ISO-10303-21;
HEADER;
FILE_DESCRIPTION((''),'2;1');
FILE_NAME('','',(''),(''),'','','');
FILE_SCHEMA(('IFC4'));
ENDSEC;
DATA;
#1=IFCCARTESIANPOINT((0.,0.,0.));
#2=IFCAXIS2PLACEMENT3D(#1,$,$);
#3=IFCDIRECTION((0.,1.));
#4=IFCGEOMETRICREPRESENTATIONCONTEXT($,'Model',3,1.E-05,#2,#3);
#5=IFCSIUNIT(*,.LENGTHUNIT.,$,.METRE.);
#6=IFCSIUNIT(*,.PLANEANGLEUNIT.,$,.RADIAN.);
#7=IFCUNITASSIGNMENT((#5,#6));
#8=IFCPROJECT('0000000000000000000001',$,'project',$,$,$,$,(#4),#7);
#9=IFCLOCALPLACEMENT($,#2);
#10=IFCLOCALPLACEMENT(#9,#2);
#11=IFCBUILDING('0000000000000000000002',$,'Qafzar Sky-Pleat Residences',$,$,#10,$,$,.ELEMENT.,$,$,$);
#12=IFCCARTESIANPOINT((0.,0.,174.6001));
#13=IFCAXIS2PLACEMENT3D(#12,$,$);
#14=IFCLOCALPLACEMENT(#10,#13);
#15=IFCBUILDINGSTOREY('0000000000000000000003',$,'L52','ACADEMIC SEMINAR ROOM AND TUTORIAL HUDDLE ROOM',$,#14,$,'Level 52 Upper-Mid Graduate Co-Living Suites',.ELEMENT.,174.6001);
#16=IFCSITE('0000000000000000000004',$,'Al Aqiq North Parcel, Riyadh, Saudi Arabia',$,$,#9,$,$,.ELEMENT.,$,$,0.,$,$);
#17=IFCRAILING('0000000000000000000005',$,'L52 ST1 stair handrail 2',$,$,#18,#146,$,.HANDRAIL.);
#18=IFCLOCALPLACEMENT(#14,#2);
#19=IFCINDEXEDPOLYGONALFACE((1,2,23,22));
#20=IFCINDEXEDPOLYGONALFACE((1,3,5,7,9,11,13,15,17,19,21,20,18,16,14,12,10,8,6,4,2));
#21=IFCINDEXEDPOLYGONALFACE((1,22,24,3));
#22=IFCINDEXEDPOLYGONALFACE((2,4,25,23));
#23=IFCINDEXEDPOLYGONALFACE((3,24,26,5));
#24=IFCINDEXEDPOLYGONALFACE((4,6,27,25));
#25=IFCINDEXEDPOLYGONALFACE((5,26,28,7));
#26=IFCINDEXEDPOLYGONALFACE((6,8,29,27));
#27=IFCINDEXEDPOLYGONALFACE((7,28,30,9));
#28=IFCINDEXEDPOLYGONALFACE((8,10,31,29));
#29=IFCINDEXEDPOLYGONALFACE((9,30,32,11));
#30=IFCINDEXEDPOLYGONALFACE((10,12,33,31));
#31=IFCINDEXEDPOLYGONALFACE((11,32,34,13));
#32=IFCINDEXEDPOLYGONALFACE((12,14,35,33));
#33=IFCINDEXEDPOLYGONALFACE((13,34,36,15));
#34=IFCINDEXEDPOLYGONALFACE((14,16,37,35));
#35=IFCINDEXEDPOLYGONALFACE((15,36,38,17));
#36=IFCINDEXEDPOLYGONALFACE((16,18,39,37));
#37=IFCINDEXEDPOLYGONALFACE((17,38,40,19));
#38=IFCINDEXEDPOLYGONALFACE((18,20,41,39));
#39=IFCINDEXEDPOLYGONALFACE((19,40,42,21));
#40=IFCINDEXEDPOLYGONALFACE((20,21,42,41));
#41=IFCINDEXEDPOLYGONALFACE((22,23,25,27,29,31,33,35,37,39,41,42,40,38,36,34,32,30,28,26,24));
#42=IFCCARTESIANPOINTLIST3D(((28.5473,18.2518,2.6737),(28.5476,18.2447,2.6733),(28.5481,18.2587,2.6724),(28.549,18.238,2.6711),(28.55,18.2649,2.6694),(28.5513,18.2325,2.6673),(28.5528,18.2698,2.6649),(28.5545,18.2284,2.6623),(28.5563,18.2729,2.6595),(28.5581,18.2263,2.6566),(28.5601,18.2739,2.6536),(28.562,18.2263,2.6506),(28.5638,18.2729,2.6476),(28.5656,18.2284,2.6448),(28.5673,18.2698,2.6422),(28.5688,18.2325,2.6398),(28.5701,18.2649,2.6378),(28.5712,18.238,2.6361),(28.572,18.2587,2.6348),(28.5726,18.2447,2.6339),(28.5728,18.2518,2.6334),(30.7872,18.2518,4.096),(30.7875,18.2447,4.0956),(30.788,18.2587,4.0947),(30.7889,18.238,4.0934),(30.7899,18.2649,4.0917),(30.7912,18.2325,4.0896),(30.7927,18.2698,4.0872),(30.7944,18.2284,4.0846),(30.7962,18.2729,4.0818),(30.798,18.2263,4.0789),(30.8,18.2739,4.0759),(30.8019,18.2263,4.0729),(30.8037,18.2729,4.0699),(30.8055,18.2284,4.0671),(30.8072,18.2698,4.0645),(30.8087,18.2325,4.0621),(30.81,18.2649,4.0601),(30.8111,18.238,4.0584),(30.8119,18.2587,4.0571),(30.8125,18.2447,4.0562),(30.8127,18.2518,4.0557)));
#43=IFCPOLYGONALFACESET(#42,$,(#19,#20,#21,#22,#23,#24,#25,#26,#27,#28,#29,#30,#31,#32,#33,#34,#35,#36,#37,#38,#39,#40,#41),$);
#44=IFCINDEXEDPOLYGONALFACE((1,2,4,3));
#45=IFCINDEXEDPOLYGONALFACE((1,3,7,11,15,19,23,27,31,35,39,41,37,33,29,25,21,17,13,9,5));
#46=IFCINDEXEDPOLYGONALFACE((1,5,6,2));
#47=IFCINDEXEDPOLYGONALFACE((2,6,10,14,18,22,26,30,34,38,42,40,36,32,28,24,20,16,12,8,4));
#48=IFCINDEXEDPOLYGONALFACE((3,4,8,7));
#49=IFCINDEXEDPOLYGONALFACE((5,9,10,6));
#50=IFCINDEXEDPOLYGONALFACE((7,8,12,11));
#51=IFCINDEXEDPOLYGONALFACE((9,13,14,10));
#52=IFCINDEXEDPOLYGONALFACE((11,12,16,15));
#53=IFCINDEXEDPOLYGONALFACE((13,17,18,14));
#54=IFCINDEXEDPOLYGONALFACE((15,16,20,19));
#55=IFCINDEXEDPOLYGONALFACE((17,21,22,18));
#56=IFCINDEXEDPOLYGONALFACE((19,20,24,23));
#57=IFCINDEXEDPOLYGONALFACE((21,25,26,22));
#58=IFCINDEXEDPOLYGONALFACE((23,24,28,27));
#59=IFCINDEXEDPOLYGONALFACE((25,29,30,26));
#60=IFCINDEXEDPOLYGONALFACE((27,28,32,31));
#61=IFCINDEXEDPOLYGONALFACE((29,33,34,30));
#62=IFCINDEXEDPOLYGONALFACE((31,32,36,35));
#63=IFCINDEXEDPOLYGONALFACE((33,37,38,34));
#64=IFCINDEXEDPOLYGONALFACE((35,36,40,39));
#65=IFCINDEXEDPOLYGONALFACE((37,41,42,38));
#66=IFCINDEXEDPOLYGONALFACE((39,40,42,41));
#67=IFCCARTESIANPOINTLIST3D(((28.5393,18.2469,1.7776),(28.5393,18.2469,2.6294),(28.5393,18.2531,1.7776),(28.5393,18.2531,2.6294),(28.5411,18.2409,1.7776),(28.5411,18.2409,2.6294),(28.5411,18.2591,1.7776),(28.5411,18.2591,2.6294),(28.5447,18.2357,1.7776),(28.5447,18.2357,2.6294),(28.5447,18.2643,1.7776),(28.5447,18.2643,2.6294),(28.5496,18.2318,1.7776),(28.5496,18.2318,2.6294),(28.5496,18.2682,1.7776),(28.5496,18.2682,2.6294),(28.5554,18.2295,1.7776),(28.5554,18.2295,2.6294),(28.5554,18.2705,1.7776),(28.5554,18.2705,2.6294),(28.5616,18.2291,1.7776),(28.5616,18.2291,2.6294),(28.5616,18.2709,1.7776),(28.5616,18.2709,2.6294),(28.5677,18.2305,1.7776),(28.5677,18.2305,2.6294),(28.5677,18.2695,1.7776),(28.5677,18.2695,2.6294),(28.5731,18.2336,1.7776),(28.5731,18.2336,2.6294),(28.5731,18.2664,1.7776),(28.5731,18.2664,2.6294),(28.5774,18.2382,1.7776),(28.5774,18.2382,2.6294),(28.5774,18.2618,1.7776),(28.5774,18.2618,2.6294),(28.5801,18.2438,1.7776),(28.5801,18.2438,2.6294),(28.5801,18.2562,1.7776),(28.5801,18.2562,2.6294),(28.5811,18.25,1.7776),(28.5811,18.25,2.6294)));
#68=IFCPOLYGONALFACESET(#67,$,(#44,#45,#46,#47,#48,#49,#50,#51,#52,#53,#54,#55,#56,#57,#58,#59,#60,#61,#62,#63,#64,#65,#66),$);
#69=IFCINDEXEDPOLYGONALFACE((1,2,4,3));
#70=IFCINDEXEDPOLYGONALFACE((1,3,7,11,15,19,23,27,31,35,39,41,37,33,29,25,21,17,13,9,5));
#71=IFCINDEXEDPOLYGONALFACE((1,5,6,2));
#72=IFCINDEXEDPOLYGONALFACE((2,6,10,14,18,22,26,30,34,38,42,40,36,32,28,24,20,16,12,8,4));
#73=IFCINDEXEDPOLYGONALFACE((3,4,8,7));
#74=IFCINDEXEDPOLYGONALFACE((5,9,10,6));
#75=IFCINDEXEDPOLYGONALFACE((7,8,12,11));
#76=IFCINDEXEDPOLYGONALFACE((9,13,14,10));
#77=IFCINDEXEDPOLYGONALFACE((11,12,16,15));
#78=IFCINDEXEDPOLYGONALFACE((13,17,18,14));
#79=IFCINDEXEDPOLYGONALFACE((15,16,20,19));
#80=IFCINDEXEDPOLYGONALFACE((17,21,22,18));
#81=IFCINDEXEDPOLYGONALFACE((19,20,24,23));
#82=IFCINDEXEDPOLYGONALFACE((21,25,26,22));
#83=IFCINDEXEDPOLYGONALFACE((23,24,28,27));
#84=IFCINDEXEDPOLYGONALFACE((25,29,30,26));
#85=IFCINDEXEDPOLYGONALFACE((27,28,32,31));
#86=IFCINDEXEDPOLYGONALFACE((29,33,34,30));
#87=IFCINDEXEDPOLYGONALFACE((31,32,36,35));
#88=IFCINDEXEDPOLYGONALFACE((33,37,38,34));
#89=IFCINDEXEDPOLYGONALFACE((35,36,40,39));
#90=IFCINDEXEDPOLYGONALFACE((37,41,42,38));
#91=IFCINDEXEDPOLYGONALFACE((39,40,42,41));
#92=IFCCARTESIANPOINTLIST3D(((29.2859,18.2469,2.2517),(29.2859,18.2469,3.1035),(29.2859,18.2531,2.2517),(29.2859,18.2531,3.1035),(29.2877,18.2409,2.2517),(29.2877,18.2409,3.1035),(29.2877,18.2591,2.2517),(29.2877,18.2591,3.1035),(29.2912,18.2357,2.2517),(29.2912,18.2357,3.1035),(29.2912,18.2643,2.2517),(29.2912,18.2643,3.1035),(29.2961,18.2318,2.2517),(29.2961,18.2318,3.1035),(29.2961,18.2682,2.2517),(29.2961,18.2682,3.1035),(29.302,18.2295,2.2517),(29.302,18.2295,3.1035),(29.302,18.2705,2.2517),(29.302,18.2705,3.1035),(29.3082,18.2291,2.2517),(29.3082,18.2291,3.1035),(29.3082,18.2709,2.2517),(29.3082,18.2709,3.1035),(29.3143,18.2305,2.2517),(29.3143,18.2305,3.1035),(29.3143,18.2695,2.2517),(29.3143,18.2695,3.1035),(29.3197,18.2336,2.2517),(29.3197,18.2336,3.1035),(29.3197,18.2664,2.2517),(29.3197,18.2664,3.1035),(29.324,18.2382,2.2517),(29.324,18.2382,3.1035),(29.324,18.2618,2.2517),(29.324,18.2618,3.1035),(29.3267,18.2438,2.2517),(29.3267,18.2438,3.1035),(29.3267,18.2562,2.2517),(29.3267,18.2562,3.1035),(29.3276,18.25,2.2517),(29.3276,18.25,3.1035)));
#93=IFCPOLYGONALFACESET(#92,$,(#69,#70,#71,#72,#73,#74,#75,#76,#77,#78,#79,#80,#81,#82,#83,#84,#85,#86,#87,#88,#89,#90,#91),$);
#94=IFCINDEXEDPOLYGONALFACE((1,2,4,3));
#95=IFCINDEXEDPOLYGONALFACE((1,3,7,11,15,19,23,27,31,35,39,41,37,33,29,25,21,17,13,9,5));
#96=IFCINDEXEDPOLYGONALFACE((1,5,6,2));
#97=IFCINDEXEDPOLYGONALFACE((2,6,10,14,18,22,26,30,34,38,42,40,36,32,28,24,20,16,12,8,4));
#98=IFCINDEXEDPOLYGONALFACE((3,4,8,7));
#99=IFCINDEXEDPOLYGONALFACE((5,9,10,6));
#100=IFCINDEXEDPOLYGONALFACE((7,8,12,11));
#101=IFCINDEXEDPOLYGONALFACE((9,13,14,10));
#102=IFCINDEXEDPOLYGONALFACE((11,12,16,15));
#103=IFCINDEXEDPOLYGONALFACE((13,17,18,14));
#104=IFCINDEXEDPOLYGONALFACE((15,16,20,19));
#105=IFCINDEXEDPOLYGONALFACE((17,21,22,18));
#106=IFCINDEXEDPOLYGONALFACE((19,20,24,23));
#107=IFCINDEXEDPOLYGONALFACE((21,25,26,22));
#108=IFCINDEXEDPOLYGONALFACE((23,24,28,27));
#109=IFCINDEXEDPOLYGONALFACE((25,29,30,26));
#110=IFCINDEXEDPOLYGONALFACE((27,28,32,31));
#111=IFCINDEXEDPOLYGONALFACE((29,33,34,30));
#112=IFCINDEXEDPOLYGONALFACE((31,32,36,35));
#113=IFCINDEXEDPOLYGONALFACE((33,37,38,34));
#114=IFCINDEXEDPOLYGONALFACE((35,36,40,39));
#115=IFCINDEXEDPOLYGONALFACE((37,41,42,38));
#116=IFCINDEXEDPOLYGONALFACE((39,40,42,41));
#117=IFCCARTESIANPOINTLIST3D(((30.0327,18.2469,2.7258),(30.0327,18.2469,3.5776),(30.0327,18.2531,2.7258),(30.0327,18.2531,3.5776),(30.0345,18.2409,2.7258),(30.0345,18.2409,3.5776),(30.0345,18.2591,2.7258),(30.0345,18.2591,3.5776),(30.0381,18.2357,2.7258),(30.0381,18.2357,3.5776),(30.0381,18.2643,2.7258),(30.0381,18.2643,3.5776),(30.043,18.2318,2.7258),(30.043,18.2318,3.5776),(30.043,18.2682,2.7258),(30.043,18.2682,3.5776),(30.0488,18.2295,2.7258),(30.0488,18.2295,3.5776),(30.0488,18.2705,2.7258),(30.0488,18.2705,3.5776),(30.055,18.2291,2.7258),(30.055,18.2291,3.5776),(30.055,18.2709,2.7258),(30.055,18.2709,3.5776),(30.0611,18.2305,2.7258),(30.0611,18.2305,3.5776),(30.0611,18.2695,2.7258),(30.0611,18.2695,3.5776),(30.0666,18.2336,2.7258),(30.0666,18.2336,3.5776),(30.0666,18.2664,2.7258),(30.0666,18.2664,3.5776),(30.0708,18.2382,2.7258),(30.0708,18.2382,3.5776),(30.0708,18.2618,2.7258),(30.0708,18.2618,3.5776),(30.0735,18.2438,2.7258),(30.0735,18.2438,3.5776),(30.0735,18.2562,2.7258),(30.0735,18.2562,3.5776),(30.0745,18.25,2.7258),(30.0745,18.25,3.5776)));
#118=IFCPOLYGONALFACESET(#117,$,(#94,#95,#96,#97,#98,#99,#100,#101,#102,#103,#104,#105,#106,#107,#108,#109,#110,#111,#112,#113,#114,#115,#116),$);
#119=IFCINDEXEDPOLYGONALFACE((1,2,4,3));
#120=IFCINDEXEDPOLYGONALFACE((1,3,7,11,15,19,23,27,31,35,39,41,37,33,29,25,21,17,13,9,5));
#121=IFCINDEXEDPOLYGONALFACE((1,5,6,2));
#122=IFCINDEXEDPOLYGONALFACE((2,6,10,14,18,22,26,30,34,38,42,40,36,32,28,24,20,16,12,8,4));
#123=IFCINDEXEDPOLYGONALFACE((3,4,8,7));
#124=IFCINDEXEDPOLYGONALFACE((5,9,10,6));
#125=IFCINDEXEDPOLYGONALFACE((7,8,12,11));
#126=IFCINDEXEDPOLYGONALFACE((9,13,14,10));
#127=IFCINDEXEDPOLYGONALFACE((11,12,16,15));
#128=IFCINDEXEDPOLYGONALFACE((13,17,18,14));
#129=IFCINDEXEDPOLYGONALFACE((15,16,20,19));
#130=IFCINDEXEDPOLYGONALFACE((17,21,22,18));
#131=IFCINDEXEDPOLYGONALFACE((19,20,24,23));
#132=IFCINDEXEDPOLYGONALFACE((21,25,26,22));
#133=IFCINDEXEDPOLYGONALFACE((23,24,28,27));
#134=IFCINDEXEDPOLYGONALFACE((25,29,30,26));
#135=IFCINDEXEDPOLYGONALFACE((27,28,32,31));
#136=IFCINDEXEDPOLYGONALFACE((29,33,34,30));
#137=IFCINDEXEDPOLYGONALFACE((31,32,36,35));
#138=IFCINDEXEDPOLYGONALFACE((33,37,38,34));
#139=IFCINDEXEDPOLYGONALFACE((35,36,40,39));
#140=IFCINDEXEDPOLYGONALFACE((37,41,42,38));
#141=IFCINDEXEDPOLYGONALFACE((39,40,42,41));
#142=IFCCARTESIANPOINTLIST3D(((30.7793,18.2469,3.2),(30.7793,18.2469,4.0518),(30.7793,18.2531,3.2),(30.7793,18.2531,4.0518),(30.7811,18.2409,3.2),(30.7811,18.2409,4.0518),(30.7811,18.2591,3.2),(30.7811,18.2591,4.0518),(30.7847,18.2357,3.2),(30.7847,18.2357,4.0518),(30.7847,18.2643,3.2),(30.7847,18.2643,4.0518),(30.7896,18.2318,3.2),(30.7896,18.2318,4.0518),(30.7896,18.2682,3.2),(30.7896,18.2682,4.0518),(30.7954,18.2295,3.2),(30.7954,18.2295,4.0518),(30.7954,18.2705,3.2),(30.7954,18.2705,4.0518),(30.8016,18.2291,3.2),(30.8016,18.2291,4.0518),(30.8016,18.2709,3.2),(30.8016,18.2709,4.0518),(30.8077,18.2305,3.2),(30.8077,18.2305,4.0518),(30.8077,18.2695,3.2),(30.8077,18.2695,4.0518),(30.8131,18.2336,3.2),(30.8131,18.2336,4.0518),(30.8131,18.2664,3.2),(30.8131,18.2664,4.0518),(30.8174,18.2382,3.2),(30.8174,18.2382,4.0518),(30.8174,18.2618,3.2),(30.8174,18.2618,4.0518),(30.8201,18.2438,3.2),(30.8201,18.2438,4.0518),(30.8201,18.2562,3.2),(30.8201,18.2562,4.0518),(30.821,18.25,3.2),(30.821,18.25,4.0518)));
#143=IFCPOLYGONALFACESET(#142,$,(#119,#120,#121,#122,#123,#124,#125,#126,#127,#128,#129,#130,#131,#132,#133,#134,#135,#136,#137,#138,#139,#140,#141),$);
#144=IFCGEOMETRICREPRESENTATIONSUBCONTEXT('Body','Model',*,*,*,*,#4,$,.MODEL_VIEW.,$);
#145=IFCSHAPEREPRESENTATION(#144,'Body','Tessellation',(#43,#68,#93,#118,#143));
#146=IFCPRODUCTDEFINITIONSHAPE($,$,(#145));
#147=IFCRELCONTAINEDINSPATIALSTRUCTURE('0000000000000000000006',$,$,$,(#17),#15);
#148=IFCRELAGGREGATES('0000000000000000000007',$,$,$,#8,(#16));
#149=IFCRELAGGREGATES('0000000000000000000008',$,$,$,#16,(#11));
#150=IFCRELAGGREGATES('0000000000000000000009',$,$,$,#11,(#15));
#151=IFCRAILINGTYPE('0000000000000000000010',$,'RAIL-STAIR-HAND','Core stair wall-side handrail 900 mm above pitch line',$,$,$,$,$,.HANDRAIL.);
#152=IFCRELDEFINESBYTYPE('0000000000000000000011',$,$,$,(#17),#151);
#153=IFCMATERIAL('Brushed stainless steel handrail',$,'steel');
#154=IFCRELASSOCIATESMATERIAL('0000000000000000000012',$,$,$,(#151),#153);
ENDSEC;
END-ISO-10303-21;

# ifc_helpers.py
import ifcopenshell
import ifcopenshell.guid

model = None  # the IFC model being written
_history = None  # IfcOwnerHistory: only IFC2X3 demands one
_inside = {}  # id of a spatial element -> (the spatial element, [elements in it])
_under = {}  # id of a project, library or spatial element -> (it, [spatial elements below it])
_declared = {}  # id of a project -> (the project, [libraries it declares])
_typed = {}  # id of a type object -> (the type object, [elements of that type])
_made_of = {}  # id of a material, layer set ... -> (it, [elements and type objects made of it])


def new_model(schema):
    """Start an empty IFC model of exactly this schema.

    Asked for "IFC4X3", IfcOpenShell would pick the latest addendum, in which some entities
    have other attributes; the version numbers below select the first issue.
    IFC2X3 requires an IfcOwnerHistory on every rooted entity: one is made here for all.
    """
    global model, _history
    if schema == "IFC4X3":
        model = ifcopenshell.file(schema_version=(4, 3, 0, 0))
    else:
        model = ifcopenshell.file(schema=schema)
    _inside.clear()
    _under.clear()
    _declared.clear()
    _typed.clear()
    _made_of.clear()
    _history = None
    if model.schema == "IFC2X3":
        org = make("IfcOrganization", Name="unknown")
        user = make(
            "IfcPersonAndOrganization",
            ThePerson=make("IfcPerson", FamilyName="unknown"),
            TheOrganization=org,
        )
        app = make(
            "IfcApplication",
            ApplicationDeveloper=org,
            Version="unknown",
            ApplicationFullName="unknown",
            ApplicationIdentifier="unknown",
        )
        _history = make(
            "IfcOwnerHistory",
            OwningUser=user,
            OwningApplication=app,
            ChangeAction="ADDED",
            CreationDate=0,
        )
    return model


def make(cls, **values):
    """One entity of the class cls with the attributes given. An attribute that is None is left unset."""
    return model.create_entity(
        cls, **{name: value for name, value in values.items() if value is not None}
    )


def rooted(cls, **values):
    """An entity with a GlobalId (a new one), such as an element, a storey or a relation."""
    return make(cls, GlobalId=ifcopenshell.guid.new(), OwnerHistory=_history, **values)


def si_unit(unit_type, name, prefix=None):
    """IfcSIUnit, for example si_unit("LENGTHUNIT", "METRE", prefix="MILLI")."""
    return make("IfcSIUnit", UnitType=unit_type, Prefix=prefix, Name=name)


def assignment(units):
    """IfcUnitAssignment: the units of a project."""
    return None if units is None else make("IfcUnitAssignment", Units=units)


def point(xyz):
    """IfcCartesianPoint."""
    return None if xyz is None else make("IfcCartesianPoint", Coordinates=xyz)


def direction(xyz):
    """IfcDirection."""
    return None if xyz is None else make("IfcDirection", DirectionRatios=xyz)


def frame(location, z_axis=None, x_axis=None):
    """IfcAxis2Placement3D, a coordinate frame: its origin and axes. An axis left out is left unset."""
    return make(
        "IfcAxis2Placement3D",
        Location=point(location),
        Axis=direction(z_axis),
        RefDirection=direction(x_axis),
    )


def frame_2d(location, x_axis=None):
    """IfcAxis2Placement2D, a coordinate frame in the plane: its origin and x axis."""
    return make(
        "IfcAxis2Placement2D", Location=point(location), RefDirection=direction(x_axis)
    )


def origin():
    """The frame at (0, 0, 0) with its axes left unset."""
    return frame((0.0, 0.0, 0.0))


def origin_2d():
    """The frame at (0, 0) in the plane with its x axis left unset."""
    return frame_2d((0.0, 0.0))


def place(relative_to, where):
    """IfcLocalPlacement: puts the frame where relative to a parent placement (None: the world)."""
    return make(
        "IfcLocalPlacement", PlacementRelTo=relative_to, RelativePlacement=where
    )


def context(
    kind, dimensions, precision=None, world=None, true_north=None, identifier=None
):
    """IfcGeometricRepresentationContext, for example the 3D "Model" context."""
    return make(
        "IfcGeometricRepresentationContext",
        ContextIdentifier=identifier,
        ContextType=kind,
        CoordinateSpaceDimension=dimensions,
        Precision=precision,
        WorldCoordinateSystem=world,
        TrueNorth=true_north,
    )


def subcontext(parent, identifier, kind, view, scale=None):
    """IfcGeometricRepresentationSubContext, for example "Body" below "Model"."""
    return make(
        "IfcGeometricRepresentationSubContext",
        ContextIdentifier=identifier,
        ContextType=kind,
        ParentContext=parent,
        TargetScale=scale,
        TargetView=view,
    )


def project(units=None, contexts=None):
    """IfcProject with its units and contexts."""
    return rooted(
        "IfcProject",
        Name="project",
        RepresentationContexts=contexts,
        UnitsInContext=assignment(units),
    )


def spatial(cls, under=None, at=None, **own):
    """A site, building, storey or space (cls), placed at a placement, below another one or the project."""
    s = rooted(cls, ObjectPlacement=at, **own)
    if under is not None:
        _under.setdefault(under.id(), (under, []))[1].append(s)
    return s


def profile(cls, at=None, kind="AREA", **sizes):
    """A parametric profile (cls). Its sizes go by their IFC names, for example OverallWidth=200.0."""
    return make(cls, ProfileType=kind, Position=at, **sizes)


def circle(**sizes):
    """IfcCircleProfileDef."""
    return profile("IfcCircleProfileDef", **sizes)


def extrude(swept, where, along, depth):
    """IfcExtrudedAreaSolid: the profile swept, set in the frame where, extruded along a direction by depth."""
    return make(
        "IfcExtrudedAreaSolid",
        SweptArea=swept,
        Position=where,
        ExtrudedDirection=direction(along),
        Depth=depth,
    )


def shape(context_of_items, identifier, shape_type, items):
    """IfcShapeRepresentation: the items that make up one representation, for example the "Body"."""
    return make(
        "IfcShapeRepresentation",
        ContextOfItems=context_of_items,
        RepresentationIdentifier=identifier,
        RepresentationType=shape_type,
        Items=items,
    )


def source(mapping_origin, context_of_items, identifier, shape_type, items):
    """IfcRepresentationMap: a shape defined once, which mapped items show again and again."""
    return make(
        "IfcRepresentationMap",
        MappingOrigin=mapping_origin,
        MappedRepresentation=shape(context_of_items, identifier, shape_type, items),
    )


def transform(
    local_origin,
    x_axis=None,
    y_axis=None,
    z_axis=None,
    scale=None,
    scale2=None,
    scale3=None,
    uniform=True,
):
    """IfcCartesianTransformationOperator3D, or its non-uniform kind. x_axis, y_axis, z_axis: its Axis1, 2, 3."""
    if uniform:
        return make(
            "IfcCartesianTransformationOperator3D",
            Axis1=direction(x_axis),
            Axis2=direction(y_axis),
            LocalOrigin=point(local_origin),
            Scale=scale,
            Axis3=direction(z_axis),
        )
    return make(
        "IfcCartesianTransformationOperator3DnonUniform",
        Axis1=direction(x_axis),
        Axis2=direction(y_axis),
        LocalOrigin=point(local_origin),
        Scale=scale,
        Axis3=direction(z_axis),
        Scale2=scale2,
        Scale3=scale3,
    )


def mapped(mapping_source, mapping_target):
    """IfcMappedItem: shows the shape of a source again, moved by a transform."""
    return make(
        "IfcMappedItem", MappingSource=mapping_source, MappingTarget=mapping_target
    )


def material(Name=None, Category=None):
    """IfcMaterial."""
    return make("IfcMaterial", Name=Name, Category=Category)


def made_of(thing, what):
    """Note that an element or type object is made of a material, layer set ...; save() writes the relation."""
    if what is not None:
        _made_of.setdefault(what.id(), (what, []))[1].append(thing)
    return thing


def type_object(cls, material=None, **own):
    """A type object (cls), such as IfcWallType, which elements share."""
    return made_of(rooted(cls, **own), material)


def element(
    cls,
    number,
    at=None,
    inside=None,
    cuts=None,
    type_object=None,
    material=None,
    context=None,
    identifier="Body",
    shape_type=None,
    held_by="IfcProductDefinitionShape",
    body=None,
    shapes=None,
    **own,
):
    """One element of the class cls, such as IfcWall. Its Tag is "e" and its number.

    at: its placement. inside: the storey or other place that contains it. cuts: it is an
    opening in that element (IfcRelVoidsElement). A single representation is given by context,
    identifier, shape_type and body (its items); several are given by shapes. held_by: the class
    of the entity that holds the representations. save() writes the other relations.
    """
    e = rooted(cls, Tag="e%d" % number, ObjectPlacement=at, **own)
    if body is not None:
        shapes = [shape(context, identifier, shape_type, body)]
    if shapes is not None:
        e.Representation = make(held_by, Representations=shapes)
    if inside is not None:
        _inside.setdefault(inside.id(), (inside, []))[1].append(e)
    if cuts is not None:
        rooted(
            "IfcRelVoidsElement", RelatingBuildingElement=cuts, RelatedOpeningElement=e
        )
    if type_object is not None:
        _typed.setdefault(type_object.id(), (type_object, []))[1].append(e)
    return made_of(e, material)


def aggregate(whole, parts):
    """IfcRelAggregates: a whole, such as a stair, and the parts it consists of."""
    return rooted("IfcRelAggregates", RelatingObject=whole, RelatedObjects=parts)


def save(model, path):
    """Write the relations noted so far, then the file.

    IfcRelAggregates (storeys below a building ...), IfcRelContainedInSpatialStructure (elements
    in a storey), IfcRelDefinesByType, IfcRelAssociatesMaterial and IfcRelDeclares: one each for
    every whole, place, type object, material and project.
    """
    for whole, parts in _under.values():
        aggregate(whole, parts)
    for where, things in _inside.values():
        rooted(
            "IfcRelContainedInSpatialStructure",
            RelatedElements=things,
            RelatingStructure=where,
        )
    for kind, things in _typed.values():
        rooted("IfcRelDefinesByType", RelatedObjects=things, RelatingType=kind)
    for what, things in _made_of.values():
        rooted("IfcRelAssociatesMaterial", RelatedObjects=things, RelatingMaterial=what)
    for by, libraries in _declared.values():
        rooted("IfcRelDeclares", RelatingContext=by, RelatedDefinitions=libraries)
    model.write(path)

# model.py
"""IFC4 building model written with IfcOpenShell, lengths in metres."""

from ifc_helpers import new_model, si_unit, direction, frame, origin, origin_2d, place, context, subcontext, project, spatial, circle, extrude, source, transform, mapped, material, type_object, element, save


model = new_model("IFC4")

# Units and contexts
model_context = context("Model", 3, precision=1e-05, world=origin(), true_north=direction((0.0, 1.0)))
body_context = subcontext(model_context, "Body", "Model", "MODEL_VIEW")
ifc_project = project(units=[si_unit("LENGTHUNIT", "METRE"), si_unit("PLANEANGLEUNIT", "RADIAN")], contexts=[model_context])

# Site, building, storey
site_placement = place(None, origin())
site = spatial("IfcSite", under=ifc_project, at=site_placement, Name="Al Aqiq North Parcel, Riyadh, Saudi Arabia", CompositionType="ELEMENT", RefElevation=0.0)
building_placement = place(site_placement, origin())
building = spatial("IfcBuilding", under=site, at=building_placement, Name="Qafzar Sky-Pleat Residences", CompositionType="ELEMENT")
storey_placement = place(building_placement, frame((0.0, 0.0, 174.6001)))
storey = spatial("IfcBuildingStorey", under=building, at=storey_placement, Name="L52", Description="ACADEMIC SEMINAR ROOM AND TUTORIAL HUDDLE ROOM", LongName="Level 52 Upper-Mid Graduate Co-Living Suites", CompositionType="ELEMENT", Elevation=174.6001)

# Railing
ifc_material_1 = material(Name="Brushed stainless steel handrail", Category="steel")
railing_type_1 = type_object("IfcRailingType", Name="RAIL-STAIR-HAND", Description="Core stair wall-side handrail 900 mm above pitch line", PredefinedType="HANDRAIL", material=ifc_material_1)
shared_shape_1 = source(origin(), body_context, "Body", "SweptSolid", [
    extrude(circle(Radius=0.0239, at=origin_2d()), frame((0.0, 0.0, 0.876), z_axis=(0.844188, 0.0, 0.536048), x_axis=(0.0, 1.0, 0.0)), (0.0, 0.0, 1.0), 2.6533),
    extrude(circle(Radius=0.021, at=origin_2d()), origin(), (0.0, 0.0, 1.0), 0.8518),
    extrude(circle(Radius=0.021, at=origin_2d()), frame((0.7466, 0.0, 0.4741)), (0.0, 0.0, 1.0), 0.8518),
    extrude(circle(Radius=0.021, at=origin_2d()), frame((1.4934, 0.0, 0.9482)), (0.0, 0.0, 1.0), 0.8518),
    extrude(circle(Radius=0.021, at=origin_2d()), frame((2.24, 0.0, 1.4224)), (0.0, 0.0, 1.0), 0.8518),
])
railing_1_placement = place(storey_placement, frame((28.5601, 18.25, 1.7776)))
element("IfcRailing", 1, at=railing_1_placement, inside=storey, type_object=railing_type_1, Name="L52 ST1 stair handrail 2", PredefinedType="HANDRAIL", context=body_context, shape_type="MappedRepresentation", body=[
    mapped(shared_shape_1, transform((0.0, 0.0, 0.0), x_axis=(1.0, 0.0, 0.0), y_axis=(0.0, 1.0, 0.0), z_axis=(0.0, 0.0, 1.0), scale=1.0)),
])

save(model, "model.ifc")
